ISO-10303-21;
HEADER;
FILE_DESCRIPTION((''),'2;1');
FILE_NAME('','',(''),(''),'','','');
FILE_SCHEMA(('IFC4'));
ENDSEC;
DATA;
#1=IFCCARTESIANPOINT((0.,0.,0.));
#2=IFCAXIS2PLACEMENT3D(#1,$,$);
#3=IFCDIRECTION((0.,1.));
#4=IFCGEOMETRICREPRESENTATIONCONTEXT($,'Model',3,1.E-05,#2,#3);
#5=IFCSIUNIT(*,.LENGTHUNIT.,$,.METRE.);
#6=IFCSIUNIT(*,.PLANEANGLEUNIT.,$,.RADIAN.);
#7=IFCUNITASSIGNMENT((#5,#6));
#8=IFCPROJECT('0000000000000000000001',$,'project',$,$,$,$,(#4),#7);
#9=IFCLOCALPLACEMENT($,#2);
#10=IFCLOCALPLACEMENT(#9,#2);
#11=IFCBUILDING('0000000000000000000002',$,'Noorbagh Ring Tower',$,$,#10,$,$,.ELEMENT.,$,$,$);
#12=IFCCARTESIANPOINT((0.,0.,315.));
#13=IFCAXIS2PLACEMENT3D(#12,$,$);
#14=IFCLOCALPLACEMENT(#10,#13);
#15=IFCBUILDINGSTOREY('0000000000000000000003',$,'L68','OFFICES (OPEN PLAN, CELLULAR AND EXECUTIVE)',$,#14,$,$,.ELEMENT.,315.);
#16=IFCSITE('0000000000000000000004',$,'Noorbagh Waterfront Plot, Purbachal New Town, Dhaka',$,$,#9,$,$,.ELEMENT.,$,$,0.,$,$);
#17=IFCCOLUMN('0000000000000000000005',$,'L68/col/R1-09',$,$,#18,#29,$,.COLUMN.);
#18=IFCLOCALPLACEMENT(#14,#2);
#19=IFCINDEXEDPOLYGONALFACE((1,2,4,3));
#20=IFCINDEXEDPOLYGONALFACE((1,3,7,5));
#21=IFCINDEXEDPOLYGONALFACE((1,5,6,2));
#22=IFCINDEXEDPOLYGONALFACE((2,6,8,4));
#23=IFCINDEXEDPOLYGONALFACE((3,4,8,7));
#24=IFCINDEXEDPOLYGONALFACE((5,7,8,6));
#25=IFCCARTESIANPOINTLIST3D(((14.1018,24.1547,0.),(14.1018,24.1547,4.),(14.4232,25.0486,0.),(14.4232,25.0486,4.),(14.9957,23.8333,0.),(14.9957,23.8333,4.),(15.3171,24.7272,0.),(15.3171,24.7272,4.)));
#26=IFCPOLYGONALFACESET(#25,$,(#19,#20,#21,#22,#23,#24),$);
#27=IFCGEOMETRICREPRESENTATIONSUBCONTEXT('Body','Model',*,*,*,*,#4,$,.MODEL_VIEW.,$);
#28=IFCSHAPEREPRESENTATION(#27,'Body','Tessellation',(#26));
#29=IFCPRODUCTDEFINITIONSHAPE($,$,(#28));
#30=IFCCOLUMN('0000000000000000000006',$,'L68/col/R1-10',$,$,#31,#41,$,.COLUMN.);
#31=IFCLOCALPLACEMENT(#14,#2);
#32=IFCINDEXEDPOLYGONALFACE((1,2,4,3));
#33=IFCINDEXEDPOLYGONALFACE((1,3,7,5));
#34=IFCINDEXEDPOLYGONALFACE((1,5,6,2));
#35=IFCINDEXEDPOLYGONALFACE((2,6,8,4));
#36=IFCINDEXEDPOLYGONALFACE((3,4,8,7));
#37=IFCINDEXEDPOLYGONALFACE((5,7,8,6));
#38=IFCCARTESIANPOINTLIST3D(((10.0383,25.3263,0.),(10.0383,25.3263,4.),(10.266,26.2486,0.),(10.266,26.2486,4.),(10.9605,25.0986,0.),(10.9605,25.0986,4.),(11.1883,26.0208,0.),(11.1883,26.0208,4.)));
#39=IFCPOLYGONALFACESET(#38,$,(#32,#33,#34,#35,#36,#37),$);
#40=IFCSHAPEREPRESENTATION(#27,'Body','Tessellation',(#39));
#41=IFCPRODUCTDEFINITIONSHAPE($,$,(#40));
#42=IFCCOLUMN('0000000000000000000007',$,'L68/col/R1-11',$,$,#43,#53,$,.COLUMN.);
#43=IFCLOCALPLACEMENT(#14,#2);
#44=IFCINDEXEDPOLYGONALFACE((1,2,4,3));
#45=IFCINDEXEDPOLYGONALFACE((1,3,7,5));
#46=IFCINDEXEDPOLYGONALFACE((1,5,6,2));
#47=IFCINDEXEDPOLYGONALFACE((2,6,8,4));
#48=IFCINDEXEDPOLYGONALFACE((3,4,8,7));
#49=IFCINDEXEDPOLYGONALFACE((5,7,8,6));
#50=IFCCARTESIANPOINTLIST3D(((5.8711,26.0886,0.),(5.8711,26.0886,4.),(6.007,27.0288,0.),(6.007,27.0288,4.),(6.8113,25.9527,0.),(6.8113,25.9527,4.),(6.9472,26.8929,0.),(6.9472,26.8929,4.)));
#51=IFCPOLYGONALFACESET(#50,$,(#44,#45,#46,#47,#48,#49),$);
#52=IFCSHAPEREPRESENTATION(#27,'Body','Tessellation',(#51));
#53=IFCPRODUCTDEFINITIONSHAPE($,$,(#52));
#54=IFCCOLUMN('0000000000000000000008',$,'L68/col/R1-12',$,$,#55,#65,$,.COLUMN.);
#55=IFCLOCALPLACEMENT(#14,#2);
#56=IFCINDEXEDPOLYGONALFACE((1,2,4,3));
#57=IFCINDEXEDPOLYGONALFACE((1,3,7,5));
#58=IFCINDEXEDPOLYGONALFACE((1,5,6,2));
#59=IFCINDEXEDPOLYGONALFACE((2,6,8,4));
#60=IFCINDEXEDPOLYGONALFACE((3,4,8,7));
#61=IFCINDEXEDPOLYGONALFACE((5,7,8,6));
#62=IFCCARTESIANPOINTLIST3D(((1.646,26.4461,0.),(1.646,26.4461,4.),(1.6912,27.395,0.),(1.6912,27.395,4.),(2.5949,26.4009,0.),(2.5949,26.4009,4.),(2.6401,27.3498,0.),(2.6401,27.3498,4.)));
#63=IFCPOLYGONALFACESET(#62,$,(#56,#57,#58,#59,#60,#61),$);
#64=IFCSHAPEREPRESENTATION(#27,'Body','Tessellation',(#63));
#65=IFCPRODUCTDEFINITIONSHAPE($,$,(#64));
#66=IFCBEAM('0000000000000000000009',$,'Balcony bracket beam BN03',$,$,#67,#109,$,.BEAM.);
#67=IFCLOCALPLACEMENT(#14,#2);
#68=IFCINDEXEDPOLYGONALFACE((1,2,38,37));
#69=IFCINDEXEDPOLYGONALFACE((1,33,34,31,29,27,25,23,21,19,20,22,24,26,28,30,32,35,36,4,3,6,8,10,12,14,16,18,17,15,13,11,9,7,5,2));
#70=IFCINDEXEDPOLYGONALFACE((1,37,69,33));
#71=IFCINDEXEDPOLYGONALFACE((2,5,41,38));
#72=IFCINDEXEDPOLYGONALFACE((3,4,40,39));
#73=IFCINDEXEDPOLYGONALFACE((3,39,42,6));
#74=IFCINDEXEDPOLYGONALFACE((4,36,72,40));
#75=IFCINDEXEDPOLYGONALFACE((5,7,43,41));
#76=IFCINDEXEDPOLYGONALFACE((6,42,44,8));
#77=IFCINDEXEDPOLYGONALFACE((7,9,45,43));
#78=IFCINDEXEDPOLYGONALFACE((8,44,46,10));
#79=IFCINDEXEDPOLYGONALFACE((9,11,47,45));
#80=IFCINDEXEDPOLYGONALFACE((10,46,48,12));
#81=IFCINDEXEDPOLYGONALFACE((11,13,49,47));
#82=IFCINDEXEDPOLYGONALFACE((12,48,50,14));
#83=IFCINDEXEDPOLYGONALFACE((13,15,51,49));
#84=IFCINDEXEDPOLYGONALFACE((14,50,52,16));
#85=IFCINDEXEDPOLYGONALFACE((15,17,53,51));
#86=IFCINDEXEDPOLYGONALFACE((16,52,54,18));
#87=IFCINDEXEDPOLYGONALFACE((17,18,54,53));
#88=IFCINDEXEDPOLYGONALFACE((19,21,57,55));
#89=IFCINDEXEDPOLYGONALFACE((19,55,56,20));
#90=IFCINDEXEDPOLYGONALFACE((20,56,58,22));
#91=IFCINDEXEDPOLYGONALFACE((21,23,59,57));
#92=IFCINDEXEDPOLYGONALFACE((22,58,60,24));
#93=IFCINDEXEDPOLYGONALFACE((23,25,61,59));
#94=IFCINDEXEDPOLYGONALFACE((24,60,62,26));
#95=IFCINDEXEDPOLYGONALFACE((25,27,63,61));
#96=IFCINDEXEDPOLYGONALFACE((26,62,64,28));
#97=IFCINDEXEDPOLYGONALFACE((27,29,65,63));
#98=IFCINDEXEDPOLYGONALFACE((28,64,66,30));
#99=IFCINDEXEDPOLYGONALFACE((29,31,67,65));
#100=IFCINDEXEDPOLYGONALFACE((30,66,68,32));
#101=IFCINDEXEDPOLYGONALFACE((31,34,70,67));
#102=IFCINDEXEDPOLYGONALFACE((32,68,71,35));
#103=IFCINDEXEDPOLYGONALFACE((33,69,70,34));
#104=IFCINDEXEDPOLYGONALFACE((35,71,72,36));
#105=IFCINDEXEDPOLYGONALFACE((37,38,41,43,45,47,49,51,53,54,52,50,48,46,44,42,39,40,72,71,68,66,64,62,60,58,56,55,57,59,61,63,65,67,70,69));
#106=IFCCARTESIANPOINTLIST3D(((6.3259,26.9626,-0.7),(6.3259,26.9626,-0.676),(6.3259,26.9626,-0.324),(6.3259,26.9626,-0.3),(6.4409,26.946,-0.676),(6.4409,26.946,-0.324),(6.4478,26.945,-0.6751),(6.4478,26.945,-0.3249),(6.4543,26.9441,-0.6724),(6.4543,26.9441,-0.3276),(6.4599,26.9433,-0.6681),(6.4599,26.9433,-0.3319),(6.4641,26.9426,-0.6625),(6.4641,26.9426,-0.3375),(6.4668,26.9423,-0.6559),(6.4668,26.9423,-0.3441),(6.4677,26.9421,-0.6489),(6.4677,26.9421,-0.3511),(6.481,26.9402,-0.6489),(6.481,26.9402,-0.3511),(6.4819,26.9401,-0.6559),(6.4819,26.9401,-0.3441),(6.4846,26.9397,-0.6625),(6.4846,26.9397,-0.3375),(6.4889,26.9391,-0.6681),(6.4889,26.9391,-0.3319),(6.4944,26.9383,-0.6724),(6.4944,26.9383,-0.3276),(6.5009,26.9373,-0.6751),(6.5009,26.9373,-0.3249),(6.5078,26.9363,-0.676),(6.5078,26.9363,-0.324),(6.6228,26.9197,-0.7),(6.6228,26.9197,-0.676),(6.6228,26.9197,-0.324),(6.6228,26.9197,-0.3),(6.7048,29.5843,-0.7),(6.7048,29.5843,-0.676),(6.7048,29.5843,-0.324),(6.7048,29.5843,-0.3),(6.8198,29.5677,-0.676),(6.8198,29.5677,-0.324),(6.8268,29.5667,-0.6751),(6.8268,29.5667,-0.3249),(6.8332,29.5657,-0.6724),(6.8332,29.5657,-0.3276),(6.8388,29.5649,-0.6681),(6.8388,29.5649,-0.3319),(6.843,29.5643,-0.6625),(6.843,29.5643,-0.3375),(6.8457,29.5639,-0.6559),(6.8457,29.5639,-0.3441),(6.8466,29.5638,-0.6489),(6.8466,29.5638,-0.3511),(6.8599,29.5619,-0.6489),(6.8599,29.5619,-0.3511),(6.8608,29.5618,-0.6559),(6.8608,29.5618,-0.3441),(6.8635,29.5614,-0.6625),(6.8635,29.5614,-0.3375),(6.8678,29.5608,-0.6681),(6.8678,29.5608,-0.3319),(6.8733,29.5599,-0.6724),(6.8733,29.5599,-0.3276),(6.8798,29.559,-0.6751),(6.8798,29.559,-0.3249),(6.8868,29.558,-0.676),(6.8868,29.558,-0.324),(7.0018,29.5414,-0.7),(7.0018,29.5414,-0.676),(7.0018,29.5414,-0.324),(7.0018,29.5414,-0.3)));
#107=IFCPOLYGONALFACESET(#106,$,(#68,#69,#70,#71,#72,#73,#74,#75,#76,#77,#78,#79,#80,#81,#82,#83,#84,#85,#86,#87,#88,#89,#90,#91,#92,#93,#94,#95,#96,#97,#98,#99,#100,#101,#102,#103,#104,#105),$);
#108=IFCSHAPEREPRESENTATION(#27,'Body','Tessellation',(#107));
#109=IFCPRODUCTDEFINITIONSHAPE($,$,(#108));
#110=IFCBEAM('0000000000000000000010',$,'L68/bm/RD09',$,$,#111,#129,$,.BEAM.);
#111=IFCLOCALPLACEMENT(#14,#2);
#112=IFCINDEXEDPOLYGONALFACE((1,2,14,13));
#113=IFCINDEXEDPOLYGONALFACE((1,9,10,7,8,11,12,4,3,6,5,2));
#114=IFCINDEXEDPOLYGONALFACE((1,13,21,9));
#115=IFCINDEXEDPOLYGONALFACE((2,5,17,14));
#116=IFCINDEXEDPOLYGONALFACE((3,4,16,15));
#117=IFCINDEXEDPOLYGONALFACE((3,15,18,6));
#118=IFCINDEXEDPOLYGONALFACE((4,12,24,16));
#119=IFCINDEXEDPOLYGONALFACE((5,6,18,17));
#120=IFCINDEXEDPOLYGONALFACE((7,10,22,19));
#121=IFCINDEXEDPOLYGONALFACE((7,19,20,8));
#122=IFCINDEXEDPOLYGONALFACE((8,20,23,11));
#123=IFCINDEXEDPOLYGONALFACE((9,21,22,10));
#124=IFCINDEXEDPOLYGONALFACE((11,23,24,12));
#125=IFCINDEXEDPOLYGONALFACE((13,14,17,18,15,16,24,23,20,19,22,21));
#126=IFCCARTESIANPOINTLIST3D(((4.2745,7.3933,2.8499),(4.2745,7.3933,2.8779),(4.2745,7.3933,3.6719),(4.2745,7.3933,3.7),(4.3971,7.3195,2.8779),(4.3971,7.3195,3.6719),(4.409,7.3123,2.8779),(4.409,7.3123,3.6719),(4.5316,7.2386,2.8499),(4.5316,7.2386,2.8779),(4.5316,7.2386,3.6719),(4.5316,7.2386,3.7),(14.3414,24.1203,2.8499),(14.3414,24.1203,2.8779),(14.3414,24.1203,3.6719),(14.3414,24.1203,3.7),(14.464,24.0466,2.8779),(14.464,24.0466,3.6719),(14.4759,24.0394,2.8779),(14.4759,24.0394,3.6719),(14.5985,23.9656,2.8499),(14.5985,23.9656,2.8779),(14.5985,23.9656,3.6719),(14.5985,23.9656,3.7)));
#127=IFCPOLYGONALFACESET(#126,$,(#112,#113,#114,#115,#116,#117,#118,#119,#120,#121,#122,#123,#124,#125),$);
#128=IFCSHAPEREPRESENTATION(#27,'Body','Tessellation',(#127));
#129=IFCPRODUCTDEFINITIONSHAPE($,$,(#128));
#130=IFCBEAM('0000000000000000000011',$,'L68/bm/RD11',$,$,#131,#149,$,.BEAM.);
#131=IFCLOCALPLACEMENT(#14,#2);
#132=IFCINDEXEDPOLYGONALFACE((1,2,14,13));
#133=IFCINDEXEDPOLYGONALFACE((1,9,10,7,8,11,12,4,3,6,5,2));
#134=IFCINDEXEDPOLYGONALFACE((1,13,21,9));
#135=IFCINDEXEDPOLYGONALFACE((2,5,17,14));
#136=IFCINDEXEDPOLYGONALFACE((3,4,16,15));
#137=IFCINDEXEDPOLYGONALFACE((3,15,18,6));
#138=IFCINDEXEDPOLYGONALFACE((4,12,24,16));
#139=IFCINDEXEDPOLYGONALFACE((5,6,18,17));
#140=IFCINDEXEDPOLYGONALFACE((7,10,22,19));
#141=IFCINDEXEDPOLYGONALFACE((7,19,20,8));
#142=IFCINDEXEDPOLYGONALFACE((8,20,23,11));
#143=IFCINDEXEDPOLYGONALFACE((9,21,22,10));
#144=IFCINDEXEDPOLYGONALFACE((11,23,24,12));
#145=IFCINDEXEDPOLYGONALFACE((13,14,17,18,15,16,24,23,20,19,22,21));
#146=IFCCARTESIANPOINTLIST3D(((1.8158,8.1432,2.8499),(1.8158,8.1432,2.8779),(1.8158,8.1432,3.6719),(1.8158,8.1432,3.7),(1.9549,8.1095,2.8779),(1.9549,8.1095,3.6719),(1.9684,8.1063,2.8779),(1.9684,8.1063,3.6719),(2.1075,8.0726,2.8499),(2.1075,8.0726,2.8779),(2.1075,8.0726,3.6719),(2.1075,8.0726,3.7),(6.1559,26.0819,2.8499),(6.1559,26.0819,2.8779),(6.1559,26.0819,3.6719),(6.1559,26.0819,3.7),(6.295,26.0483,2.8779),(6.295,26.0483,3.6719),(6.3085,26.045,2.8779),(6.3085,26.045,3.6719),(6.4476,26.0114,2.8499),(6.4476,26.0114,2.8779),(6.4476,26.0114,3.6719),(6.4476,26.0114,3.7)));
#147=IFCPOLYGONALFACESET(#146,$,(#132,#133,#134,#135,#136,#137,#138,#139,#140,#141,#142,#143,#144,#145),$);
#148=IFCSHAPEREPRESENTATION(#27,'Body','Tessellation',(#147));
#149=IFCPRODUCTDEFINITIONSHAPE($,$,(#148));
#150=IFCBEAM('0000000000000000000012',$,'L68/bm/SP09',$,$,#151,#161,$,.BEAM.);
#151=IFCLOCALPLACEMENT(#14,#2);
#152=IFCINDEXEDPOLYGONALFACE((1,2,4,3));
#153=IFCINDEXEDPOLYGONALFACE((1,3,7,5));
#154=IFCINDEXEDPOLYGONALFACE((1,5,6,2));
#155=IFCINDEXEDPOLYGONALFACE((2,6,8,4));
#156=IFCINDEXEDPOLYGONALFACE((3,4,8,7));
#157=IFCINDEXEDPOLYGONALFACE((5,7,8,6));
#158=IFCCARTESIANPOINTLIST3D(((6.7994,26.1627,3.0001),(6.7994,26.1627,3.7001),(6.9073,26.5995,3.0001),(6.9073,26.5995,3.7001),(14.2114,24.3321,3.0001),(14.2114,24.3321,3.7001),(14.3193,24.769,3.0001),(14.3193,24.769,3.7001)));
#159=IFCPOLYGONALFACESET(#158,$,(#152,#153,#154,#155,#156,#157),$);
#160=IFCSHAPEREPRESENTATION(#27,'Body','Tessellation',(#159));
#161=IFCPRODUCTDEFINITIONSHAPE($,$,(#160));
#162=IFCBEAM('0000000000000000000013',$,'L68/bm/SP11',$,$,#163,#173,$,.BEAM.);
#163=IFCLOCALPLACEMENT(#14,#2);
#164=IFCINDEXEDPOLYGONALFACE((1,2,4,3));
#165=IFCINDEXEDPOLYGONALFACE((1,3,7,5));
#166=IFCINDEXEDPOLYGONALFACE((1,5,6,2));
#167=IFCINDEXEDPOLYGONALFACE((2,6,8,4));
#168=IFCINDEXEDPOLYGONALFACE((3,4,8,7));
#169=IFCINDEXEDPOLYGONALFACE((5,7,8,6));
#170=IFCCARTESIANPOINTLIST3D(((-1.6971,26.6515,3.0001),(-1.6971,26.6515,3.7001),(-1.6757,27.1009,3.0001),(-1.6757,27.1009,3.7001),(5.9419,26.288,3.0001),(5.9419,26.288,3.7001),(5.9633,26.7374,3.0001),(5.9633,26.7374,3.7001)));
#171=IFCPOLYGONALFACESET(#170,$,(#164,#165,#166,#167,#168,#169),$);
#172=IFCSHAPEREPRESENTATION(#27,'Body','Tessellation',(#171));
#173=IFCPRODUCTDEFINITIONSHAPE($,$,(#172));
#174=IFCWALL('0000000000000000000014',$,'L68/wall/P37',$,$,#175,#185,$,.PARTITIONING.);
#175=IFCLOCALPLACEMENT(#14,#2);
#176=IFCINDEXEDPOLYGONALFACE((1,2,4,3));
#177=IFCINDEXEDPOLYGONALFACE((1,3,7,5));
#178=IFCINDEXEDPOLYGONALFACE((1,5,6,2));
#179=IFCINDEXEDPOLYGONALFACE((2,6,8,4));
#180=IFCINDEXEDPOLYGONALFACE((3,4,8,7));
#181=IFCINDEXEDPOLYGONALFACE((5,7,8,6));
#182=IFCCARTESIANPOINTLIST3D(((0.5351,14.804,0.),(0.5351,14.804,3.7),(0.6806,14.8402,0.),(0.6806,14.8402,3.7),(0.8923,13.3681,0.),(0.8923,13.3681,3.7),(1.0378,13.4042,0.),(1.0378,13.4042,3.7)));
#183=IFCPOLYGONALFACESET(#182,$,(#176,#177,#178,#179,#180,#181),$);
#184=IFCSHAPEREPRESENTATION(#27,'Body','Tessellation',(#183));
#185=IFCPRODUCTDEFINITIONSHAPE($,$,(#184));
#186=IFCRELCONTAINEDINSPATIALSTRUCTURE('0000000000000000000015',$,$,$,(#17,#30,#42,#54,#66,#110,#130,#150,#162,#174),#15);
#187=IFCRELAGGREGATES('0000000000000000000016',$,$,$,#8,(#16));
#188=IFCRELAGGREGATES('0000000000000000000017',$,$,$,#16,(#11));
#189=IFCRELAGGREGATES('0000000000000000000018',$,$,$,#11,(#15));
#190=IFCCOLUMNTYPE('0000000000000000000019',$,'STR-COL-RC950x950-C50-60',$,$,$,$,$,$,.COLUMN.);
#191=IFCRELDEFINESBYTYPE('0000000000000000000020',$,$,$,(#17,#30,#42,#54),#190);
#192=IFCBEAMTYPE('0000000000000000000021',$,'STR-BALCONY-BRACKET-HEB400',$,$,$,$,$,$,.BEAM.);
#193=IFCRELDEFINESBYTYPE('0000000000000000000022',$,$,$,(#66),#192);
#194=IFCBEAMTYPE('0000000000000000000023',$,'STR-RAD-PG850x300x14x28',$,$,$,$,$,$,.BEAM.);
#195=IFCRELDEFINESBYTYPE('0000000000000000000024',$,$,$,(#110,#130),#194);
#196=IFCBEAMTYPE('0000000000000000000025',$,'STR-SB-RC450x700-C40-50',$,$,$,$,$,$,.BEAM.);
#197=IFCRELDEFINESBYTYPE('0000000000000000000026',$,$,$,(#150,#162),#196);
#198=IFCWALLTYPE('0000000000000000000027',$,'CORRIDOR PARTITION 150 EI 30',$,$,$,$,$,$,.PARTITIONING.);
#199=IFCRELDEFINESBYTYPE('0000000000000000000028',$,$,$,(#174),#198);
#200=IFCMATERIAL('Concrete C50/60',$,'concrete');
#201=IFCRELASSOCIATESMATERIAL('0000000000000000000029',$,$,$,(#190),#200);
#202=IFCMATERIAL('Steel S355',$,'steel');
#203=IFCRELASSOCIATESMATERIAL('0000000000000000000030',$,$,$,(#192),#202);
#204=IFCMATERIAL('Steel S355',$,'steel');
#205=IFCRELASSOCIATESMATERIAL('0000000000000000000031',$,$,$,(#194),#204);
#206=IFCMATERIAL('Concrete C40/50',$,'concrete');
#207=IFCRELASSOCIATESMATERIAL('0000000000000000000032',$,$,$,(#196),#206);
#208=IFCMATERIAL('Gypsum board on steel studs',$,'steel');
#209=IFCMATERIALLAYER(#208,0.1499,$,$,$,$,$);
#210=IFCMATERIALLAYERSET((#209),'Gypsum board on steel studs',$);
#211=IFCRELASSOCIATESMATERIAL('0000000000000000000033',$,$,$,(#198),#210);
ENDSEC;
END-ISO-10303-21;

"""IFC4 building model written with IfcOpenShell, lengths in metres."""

from ifc_helpers import new_model, si_unit, direction, frame, frame_2d, origin, origin_2d, place, context, subcontext, project, spatial, rectangle, i_section, extrude, material, layer, layer_set, material_profile, profile_set, type_object, element, save


model = new_model("IFC4")

# Units and contexts
model_context = context("Model", 3, precision=1e-05, world=origin(), true_north=direction((0.0, 1.0)))
body_context = subcontext(model_context, "Body", "Model", "MODEL_VIEW")
ifc_project = project(units=[si_unit("LENGTHUNIT", "METRE"), si_unit("PLANEANGLEUNIT", "RADIAN")], contexts=[model_context])

# Site, building, storey
site_placement = place(None, origin())
site = spatial("IfcSite", under=ifc_project, at=site_placement, Name="Noorbagh Waterfront Plot, Purbachal New Town, Dhaka", CompositionType="ELEMENT", RefElevation=0.0)
building_placement = place(site_placement, origin())
building = spatial("IfcBuilding", under=site, at=building_placement, Name="Noorbagh Ring Tower", CompositionType="ELEMENT")
storey_placement = place(building_placement, frame((0.0, 0.0, 315.0)))
storey = spatial("IfcBuildingStorey", under=building, at=storey_placement, Name="L68", Description="OFFICES (OPEN PLAN, CELLULAR AND EXECUTIVE)", CompositionType="ELEMENT", Elevation=315.0)

# Columns
ifc_material_1 = material(Name="Concrete C50/60", Category="concrete")
ifc_material_profile_1 = material_profile(ifc_material_1, rectangle(XDim=0.95, YDim=0.95, at=origin_2d()), Name="RC950x950")
ifc_profile_set_1 = profile_set([ifc_material_profile_1], Name="Concrete C50/60")
column_type = type_object("IfcColumnType", Name="STR-COL-RC950x950-C50-60", PredefinedType="COLUMN", material=ifc_profile_set_1)
for number, where, z_axis, x_axis, name in (
    (1, (14.7095, 24.4409, 0.0), (0.0, 0.0, 1.0), (-0.941025, 0.338338, 0.0), "L68/col/R1-09"),
    (2, (10.6133, 25.6736, 0.0), (0.0, 0.0, 1.0), (-0.970829, 0.239771, 0.0), "L68/col/R1-10"),
    (3, (6.4092, 26.4907, 0.0), (0.0, 0.0, 1.0), (-0.989713, 0.143066, 0.0), "L68/col/R1-11"),
    (4, (2.1431, 26.8979, 0.0), (0.0, 0.0, 1.0), (-0.998869, 0.047553, 0.0), "L68/col/R1-12"),
):
    element("IfcColumn", number, at=place(storey_placement, frame(where, z_axis=z_axis, x_axis=x_axis)), inside=storey, type_object=column_type, Name=name, PredefinedType="COLUMN", context=body_context, shape_type="SweptSolid", body=[
        extrude(rectangle(XDim=0.95, YDim=0.95, at=origin_2d()), origin(), (0.0, 0.0, 1.0), 4.0),
    ])

# Beams
ifc_material_2 = material(Name="Steel S355", Category="steel")
ifc_material_profile_2 = material_profile(ifc_material_2, i_section(OverallWidth=0.3, OverallDepth=0.3999, WebThickness=0.0134, FlangeThickness=0.0239, FilletRadius=0.0271, at=origin_2d()), Name="HEB400")
ifc_profile_set_2 = profile_set([ifc_material_profile_2], Name="Steel S355")
beam_type_1 = type_object("IfcBeamType", Name="STR-BALCONY-BRACKET-HEB400", PredefinedType="BEAM", material=ifc_profile_set_2)
beam_1_placement = place(storey_placement, frame((6.4744, 26.9412, -0.5), z_axis=(0.143047, 0.989716, 0.0), x_axis=(-0.989716, 0.143047, 0.0)))
element("IfcBeam", 5, at=beam_1_placement, inside=storey, type_object=beam_type_1, Name="Balcony bracket beam BN03", PredefinedType="BEAM", context=body_context, shape_type="SweptSolid", body=[
    extrude(i_section(OverallWidth=0.3, OverallDepth=0.3999, WebThickness=0.0134, FlangeThickness=0.0239, FilletRadius=0.0271, at=origin_2d()), origin(), (0.0, 0.0, 1.0), 2.6489),
])
ifc_material_3 = material(Name="Steel S355", Category="steel")
ifc_material_profile_3 = material_profile(ifc_material_3, i_section(OverallWidth=0.3, OverallDepth=0.8501, WebThickness=0.0139, FlangeThickness=0.0281, at=origin_2d()), Name="PG850x300x14x28")
ifc_profile_set_3 = profile_set([ifc_material_profile_3], Name="Steel S355")
beam_type_2 = type_object("IfcBeamType", Name="STR-RAD-PG850x300x14x28", PredefinedType="BEAM", material=ifc_profile_set_3)
beam_2_placement = place(storey_placement, frame((14.47, 24.043, 3.2749), z_axis=(-0.51565, -0.856799, 0.0), x_axis=(0.856799, -0.51565, 0.0)))
element("IfcBeam", 6, at=beam_2_placement, inside=storey, type_object=beam_type_2, Name="L68/bm/RD09", PredefinedType="BEAM", context=body_context, shape_type="SweptSolid", body=[
    extrude(i_section(OverallWidth=0.3, OverallDepth=0.8501, WebThickness=0.0139, FlangeThickness=0.0281, at=origin_2d()), origin(), (0.0, 0.0, 1.0), 19.5227),
])
beam_3_placement = place(storey_placement, frame((6.3018, 26.0466, 3.2749), z_axis=(-0.235155, -0.971958, 0.0), x_axis=(0.971958, -0.235155, 0.0)))
element("IfcBeam", 7, at=beam_3_placement, inside=storey, type_object=beam_type_2, Name="L68/bm/RD11", PredefinedType="BEAM", context=body_context, shape_type="SweptSolid", body=[
    extrude(i_section(OverallWidth=0.3, OverallDepth=0.8501, WebThickness=0.0139, FlangeThickness=0.0281, at=origin_2d()), origin(), (0.0, 0.0, 1.0), 18.4563),
])
ifc_material_4 = material(Name="Concrete C40/50", Category="concrete")
ifc_material_profile_4 = material_profile(ifc_material_4, rectangle(XDim=0.45, YDim=0.7, at=origin_2d()), Name="RC450x700")
ifc_profile_set_4 = profile_set([ifc_material_profile_4], Name="Concrete C40/50")
beam_type_3 = type_object("IfcBeamType", Name="STR-SB-RC450x700-C40-50", PredefinedType="BEAM", material=ifc_profile_set_4)
beam_4_placement = place(storey_placement, frame((14.2654, 24.5505, 3.3501), z_axis=(-0.970831, 0.239766, 0.0), x_axis=(-0.239766, -0.970831, 0.0)))
element("IfcBeam", 8, at=beam_4_placement, inside=storey, type_object=beam_type_3, Name="L68/bm/SP09", PredefinedType="BEAM", context=body_context, shape_type="SweptSolid", body=[
    extrude(rectangle(XDim=0.45, YDim=0.7, at=origin_2d()), origin(), (0.0, 0.0, 1.0), 7.6348),
])
beam_5_placement = place(storey_placement, frame((5.9526, 26.5127, 3.3501), z_axis=(-0.99887, 0.047533, 0.0), x_axis=(-0.047533, -0.99887, 0.0)))
element("IfcBeam", 9, at=beam_5_placement, inside=storey, type_object=beam_type_3, Name="L68/bm/SP11", PredefinedType="BEAM", context=body_context, shape_type="SweptSolid", body=[
    extrude(rectangle(XDim=0.45, YDim=0.7, at=origin_2d()), origin(), (0.0, 0.0, 1.0), 7.6477),
])

# Wall
ifc_material_5 = material(Name="Gypsum board on steel studs", Category="steel")
ifc_layer_1 = layer(ifc_material_5, 0.1499)
ifc_layer_set_1 = layer_set([ifc_layer_1], Name="Gypsum board on steel studs")
wall_type_1 = type_object("IfcWallType", Name="CORRIDOR PARTITION 150 EI 30", PredefinedType="PARTITIONING", material=ifc_layer_set_1)
wall_1_placement = place(storey_placement, frame((0.6079, 14.822, 0.0), z_axis=(0.0, 0.0, 1.0), x_axis=(0.241371, -0.970433, 0.0)))
element("IfcWall", 10, at=wall_1_placement, inside=storey, type_object=wall_type_1, Name="L68/wall/P37", PredefinedType="PARTITIONING", context=body_context, shape_type="SweptSolid", body=[
    extrude(rectangle(XDim=1.4797, YDim=0.1499, at=frame_2d((0.7397, 0.0))), origin(), (0.0, 0.0, 1.0), 3.7),
])

save(model, "model.ifc")
